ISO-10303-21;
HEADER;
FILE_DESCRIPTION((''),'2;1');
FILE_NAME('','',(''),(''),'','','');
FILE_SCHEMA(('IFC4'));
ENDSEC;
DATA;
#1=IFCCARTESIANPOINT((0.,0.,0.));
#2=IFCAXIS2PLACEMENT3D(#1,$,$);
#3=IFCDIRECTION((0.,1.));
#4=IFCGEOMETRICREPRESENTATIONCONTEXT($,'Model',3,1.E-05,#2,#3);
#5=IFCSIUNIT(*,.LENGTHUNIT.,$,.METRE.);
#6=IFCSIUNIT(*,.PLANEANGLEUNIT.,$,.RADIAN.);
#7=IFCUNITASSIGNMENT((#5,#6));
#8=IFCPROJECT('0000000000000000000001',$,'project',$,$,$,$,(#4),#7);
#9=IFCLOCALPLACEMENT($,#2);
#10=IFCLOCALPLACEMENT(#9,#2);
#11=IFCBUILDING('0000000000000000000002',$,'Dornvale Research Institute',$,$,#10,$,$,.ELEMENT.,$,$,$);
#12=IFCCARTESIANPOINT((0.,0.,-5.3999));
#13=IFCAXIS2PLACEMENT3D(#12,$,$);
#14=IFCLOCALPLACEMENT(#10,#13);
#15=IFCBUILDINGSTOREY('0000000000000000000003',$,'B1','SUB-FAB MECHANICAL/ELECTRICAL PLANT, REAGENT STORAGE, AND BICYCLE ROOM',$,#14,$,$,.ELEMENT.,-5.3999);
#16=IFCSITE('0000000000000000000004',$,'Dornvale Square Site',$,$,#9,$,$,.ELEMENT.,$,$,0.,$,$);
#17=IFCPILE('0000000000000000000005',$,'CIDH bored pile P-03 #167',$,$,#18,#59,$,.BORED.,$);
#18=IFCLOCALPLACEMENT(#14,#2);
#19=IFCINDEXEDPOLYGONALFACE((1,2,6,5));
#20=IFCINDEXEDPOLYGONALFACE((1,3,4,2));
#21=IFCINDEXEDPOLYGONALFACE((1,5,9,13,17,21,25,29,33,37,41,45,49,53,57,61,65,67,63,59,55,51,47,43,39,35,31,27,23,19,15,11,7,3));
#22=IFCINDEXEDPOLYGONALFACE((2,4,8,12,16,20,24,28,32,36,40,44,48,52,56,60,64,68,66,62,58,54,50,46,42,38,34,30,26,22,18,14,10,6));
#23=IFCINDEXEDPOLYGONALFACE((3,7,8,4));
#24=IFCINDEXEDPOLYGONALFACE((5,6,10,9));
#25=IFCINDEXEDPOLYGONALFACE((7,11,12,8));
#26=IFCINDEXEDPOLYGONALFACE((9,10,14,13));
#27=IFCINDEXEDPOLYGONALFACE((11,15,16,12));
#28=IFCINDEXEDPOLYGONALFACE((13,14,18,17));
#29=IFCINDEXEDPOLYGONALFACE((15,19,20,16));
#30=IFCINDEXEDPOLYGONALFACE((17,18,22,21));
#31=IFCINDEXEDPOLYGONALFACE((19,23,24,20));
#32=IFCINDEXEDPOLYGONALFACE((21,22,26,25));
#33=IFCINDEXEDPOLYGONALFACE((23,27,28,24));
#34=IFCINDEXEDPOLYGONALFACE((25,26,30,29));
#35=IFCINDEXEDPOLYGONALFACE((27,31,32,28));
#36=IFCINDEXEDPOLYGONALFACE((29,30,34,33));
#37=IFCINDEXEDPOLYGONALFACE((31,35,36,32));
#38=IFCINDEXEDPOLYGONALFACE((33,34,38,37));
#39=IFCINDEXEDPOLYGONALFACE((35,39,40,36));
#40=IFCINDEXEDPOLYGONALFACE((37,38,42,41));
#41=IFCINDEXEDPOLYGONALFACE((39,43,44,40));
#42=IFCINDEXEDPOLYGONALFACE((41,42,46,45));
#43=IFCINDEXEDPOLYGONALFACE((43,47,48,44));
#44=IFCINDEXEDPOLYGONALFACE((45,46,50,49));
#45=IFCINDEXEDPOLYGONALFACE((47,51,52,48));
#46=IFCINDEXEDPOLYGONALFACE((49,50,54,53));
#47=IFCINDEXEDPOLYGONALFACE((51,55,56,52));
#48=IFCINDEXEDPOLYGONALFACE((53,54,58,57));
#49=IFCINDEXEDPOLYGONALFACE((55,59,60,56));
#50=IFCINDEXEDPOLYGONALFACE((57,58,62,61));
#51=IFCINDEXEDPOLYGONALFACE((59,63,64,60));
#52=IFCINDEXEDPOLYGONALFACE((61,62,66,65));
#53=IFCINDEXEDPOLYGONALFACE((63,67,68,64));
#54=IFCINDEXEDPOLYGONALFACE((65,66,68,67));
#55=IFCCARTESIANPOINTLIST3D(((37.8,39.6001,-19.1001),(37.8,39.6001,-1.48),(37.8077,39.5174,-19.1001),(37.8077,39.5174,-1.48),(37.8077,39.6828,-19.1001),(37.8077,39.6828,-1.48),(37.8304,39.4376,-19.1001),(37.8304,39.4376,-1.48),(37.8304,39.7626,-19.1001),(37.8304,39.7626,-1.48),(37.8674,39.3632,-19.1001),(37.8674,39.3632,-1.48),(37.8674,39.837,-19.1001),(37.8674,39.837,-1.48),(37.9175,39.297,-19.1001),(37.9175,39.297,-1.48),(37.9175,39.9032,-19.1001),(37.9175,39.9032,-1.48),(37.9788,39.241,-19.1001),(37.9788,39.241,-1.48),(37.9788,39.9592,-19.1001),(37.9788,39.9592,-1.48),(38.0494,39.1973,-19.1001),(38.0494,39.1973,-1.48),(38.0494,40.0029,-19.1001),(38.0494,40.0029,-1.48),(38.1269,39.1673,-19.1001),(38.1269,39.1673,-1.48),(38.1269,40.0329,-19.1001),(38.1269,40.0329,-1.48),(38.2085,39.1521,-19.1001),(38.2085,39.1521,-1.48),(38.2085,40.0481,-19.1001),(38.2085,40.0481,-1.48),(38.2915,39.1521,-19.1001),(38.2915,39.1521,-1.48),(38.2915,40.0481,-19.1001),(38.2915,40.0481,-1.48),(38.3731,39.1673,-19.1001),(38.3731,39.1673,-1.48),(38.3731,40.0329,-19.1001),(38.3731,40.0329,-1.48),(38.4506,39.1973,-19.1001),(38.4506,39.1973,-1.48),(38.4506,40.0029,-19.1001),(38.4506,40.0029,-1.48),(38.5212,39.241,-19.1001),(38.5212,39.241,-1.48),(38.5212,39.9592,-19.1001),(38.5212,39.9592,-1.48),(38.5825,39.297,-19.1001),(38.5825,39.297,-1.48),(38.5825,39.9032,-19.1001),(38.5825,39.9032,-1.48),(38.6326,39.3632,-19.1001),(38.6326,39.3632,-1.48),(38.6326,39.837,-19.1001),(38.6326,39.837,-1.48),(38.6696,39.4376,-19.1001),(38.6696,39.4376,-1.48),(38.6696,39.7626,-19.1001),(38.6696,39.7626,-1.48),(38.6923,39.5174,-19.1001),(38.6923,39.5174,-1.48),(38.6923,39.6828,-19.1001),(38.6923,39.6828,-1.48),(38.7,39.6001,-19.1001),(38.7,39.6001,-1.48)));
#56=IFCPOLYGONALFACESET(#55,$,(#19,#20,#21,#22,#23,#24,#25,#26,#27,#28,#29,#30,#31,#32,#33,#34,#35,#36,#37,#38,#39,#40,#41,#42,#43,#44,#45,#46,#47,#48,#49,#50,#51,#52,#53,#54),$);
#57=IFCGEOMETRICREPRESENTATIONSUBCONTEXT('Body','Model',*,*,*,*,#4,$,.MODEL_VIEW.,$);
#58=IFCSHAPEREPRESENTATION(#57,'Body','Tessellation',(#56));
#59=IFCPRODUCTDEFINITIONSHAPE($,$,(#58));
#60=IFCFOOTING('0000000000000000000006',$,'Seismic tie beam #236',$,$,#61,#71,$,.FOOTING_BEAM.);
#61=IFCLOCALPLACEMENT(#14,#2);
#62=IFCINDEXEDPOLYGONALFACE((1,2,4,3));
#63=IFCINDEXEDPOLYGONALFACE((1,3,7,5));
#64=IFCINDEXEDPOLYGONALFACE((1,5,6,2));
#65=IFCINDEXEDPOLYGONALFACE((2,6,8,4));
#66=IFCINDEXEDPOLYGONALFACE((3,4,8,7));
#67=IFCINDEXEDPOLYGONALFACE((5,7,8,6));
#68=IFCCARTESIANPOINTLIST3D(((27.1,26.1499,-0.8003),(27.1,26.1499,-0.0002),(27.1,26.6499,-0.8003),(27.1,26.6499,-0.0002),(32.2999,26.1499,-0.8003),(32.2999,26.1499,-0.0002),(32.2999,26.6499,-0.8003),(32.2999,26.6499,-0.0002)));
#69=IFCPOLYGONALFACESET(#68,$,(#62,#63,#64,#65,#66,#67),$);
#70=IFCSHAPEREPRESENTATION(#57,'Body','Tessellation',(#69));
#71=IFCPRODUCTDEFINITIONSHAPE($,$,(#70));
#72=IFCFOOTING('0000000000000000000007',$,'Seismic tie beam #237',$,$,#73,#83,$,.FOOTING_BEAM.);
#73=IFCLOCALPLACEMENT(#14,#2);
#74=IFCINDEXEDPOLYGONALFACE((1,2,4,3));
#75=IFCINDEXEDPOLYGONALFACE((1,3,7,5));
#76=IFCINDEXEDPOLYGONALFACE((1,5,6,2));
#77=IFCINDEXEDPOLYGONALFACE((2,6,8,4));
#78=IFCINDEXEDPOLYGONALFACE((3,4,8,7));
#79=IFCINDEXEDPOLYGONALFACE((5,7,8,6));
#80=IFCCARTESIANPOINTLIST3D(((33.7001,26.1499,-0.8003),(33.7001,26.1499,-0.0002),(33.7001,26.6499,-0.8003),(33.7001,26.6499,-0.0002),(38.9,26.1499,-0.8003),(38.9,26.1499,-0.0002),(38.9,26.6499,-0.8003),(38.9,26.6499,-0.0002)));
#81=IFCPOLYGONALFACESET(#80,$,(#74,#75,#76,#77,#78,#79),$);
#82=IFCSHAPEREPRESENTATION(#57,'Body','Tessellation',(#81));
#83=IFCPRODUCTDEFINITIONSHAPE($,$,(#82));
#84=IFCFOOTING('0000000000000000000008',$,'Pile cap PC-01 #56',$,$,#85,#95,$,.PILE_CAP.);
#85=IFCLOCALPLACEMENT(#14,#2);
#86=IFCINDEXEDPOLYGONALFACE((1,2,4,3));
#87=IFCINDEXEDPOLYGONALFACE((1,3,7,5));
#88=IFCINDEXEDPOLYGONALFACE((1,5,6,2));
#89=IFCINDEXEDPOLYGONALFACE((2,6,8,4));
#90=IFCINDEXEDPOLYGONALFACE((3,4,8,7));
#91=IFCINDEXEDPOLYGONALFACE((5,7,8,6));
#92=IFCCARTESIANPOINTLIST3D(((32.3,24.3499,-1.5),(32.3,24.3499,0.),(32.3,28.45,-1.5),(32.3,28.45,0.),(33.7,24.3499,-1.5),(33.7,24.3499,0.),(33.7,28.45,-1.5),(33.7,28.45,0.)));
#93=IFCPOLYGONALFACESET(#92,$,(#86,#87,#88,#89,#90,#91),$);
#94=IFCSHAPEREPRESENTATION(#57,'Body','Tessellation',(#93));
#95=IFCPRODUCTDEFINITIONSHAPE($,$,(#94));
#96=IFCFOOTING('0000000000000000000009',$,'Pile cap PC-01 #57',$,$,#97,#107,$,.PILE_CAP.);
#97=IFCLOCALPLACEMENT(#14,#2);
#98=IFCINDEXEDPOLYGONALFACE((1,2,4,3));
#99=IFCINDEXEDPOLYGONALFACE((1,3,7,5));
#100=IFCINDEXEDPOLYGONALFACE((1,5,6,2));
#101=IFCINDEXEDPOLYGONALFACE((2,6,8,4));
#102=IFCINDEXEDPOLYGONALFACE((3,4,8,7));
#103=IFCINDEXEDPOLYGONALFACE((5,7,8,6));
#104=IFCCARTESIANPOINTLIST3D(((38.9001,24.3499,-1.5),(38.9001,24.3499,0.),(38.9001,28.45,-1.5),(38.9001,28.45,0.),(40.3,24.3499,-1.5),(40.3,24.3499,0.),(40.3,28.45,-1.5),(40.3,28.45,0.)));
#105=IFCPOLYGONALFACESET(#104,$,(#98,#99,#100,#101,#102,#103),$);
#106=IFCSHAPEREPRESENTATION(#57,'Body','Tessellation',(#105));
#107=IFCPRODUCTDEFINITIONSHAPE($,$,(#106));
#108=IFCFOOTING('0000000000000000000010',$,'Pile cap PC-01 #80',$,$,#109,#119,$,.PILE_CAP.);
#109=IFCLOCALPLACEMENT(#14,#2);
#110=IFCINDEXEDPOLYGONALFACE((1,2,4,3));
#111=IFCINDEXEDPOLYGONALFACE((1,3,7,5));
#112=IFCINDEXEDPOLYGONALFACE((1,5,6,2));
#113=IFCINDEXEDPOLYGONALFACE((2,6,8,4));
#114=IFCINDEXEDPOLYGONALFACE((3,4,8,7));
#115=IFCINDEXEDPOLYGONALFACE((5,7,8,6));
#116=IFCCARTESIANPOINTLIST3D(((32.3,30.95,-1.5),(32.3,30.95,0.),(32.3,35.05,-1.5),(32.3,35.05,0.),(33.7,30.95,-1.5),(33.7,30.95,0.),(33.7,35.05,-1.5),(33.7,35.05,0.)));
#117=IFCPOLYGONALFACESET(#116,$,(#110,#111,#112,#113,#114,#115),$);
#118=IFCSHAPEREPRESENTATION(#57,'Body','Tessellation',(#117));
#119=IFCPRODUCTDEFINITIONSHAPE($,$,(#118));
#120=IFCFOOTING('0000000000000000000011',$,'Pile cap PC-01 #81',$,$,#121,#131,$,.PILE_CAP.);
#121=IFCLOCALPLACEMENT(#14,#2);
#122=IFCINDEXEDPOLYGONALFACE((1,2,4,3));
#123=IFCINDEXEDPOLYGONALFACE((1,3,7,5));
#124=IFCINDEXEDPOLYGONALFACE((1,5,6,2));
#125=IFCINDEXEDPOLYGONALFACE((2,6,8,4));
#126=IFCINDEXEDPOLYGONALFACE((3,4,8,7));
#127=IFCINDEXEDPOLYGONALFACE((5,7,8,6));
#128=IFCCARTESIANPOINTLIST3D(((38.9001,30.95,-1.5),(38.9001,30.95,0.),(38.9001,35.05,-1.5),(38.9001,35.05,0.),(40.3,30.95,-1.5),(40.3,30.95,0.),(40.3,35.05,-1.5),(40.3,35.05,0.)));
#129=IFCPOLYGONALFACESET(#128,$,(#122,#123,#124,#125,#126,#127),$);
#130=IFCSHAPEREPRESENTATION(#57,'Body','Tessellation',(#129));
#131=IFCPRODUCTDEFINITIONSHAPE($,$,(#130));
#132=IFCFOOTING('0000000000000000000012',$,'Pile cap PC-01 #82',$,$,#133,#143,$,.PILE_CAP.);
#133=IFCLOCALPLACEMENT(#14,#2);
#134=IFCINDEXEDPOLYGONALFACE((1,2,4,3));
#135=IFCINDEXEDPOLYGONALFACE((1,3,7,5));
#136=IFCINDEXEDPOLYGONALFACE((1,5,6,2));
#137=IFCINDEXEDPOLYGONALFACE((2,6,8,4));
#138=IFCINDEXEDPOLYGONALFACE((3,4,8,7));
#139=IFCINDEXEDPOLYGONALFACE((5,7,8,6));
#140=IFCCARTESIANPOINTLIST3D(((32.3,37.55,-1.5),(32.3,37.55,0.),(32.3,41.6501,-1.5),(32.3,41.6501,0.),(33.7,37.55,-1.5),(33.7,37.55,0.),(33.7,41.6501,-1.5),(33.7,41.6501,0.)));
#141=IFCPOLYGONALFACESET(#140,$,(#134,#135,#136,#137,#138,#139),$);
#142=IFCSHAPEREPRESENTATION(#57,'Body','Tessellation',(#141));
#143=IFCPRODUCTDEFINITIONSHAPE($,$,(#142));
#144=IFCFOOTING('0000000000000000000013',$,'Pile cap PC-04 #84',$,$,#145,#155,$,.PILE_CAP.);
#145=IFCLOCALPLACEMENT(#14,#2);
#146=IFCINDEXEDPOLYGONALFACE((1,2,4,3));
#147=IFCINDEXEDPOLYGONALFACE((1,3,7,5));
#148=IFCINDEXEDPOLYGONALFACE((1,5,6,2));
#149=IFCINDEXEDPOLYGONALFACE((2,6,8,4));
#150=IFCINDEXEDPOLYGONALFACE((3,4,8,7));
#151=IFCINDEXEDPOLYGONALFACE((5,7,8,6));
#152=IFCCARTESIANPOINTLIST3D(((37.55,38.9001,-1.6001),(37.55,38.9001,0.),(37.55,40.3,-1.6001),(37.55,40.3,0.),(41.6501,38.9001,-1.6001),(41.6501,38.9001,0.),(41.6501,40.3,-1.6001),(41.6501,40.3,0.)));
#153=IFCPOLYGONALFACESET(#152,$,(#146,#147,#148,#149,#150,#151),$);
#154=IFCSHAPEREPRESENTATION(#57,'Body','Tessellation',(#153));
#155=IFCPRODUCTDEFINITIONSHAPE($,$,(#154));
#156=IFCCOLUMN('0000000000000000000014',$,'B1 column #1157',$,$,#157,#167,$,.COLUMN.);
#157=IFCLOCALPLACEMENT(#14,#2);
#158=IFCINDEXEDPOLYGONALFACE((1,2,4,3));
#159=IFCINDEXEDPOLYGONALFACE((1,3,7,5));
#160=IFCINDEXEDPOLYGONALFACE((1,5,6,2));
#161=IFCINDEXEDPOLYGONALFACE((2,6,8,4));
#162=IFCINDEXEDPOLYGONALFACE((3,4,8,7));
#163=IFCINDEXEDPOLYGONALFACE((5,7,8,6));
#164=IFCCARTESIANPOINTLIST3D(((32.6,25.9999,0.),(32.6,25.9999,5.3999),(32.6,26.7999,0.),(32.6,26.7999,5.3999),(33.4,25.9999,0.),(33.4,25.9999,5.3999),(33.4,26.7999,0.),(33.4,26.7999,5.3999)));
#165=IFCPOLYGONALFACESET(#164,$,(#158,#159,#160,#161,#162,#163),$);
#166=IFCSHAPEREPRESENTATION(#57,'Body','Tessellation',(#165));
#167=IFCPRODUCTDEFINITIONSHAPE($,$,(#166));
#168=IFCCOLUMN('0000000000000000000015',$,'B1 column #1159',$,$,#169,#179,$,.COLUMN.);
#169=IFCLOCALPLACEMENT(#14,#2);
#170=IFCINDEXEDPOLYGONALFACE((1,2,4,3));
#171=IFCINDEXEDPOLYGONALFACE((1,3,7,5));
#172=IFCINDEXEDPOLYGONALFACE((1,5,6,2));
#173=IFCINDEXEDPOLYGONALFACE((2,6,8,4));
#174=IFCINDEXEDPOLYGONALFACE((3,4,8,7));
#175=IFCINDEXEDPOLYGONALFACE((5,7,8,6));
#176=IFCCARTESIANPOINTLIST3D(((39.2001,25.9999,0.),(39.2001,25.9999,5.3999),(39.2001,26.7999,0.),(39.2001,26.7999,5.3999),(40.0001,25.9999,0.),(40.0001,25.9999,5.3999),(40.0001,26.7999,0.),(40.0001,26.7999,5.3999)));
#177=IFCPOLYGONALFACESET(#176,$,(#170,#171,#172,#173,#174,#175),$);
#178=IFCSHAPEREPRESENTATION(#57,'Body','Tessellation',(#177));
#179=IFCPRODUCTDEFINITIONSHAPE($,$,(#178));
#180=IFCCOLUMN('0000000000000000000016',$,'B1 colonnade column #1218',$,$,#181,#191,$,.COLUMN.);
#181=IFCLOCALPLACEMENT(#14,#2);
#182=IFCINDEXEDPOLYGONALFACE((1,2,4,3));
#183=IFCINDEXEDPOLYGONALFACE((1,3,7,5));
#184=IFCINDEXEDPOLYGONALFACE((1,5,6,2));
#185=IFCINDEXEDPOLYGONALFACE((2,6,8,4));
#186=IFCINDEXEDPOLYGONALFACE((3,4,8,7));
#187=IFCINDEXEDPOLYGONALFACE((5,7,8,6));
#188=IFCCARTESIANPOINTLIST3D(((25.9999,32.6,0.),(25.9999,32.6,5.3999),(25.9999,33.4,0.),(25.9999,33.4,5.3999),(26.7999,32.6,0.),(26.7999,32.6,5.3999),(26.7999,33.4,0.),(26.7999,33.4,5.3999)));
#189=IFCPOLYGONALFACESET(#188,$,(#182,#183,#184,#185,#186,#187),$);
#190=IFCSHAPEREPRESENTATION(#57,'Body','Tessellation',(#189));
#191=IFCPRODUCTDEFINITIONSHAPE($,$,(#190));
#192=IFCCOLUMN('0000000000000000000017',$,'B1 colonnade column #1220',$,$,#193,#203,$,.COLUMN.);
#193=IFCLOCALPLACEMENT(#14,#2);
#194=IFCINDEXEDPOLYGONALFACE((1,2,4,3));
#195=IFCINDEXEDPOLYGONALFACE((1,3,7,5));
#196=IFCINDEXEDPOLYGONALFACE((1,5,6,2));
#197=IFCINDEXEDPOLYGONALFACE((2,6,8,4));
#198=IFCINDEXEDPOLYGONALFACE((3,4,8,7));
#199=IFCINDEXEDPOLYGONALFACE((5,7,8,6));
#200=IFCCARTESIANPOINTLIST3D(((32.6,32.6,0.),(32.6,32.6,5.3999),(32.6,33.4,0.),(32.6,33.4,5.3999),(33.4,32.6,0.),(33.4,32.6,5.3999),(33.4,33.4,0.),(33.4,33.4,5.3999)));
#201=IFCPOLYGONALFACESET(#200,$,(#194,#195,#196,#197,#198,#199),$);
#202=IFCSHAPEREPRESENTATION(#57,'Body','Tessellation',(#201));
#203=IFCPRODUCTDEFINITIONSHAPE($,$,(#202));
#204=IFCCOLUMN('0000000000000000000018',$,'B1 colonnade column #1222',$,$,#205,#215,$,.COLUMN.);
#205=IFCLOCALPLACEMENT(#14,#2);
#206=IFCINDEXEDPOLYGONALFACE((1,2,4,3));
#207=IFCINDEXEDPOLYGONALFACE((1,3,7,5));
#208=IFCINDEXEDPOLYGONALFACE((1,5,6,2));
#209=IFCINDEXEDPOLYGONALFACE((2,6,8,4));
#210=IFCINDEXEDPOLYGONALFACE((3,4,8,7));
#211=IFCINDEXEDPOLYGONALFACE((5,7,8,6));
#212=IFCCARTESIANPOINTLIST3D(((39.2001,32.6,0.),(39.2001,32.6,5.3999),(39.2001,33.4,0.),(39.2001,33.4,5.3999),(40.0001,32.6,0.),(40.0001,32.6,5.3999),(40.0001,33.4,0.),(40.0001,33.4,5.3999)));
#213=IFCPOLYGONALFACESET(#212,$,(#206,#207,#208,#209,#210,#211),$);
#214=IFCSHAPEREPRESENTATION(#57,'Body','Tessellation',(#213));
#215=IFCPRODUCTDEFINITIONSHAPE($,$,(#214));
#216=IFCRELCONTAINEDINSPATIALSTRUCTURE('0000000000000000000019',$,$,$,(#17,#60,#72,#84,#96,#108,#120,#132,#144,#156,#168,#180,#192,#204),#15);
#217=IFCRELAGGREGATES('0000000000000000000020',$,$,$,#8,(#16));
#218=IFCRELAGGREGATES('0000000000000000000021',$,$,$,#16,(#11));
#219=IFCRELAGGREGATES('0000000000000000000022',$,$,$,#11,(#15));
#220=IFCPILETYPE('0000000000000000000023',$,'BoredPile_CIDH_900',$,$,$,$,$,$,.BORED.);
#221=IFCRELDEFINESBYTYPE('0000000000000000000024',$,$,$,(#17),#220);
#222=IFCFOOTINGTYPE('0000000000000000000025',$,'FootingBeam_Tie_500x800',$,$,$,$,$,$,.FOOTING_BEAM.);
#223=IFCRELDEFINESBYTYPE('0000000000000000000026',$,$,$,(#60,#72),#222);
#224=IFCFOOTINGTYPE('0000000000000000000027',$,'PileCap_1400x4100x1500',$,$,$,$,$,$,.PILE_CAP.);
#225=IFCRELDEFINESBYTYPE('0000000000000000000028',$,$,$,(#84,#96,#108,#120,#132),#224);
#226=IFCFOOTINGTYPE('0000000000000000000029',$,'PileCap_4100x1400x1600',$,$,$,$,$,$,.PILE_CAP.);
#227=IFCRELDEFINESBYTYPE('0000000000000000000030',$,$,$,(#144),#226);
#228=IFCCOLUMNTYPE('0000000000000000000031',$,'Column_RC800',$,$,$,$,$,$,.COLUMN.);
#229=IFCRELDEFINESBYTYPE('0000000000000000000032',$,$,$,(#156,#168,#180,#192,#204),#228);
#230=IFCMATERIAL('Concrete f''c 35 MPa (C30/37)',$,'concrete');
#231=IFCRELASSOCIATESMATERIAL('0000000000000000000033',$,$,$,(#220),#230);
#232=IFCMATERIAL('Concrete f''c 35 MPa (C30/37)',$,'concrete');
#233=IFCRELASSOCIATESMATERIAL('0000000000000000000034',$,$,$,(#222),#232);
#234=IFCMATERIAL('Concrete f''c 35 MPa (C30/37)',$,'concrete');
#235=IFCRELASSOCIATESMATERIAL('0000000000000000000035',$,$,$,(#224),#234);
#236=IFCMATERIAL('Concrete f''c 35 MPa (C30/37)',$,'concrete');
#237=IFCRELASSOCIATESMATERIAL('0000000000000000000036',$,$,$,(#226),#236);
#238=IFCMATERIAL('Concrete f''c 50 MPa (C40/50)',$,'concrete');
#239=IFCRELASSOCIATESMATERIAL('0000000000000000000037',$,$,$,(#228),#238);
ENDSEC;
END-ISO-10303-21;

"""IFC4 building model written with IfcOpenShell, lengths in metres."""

from ifc_helpers import new_model, si_unit, direction, frame, origin, origin_2d, place, context, subcontext, project, spatial, rectangle, circle, extrude, material, material_profile, profile_set, type_object, element, save


model = new_model("IFC4")

# Units and contexts
model_context = context("Model", 3, precision=1e-05, world=origin(), true_north=direction((0.0, 1.0)))
body_context = subcontext(model_context, "Body", "Model", "MODEL_VIEW")
ifc_project = project(units=[si_unit("LENGTHUNIT", "METRE"), si_unit("PLANEANGLEUNIT", "RADIAN")], contexts=[model_context])

# Site, building, storey
site_placement = place(None, origin())
site = spatial("IfcSite", under=ifc_project, at=site_placement, Name="Dornvale Square Site", CompositionType="ELEMENT", RefElevation=0.0)
building_placement = place(site_placement, origin())
building = spatial("IfcBuilding", under=site, at=building_placement, Name="Dornvale Research Institute", CompositionType="ELEMENT")
storey_placement = place(building_placement, frame((0.0, 0.0, -5.3999)))
storey = spatial("IfcBuildingStorey", under=building, at=storey_placement, Name="B1", Description="SUB-FAB MECHANICAL/ELECTRICAL PLANT, REAGENT STORAGE, AND BICYCLE ROOM", CompositionType="ELEMENT", Elevation=-5.3999)

# Pile
ifc_material_1 = material(Name="Concrete f'c 35 MPa (C30/37)", Category="concrete")
ifc_material_profile_1 = material_profile(ifc_material_1, circle(Radius=0.45, at=origin_2d()), Name="CIDH PILE D900")
ifc_profile_set_1 = profile_set([ifc_material_profile_1], Name="Concrete f'c 35 MPa (C30/37)")
pile_type = type_object("IfcPileType", Name="BoredPile_CIDH_900", PredefinedType="BORED", material=ifc_profile_set_1)
pile_placement = place(storey_placement, frame((38.25, 39.6001, -1.48), z_axis=(0.0, 0.0, -1.0), x_axis=(1.0, 0.0, 0.0)))
element("IfcPile", 1, at=pile_placement, inside=storey, type_object=pile_type, Name="CIDH bored pile P-03 #167", PredefinedType="BORED", context=body_context, shape_type="SweptSolid", body=[
    extrude(circle(Radius=0.45, at=origin_2d()), origin(), (0.0, 0.0, 1.0), 17.6201),
])

# Footings
ifc_material_2 = material(Name="Concrete f'c 35 MPa (C30/37)", Category="concrete")
footing_type_1 = type_object("IfcFootingType", Name="FootingBeam_Tie_500x800", PredefinedType="FOOTING_BEAM", material=ifc_material_2)
for number, where, z_axis, x_axis, name in (
    (2, (29.7, 26.3999, -0.8003), (0.0, 0.0, 1.0), (1.0, 0.0, 0.0), "Seismic tie beam #236"),
    (3, (36.3, 26.3999, -0.8003), (0.0, 0.0, 1.0), (1.0, 0.0, 0.0), "Seismic tie beam #237"),
):
    element("IfcFooting", number, at=place(storey_placement, frame(where, z_axis=z_axis, x_axis=x_axis)), inside=storey, type_object=footing_type_1, Name=name, PredefinedType="FOOTING_BEAM", context=body_context, shape_type="SweptSolid", body=[
        extrude(rectangle(XDim=5.2, YDim=0.5, at=origin_2d()), origin(), (0.0, 0.0, 1.0), 0.8),
    ])
ifc_material_3 = material(Name="Concrete f'c 35 MPa (C30/37)", Category="concrete")
footing_type_2 = type_object("IfcFootingType", Name="PileCap_1400x4100x1500", PredefinedType="PILE_CAP", material=ifc_material_3)
for number, where, z_axis, x_axis, name in (
    (4, (33.0, 26.3999, -1.5), (0.0, 0.0, 1.0), (1.0, 0.0, 0.0), "Pile cap PC-01 #56"),
    (5, (39.6001, 26.3999, -1.5), (0.0, 0.0, 1.0), (1.0, 0.0, 0.0), "Pile cap PC-01 #57"),
    (6, (33.0, 33.0, -1.5), (0.0, 0.0, 1.0), (1.0, 0.0, 0.0), "Pile cap PC-01 #80"),
    (7, (39.6001, 33.0, -1.5), (0.0, 0.0, 1.0), (1.0, 0.0, 0.0), "Pile cap PC-01 #81"),
    (8, (33.0, 39.6001, -1.5), (0.0, 0.0, 1.0), (1.0, 0.0, 0.0), "Pile cap PC-01 #82"),
):
    element("IfcFooting", number, at=place(storey_placement, frame(where, z_axis=z_axis, x_axis=x_axis)), inside=storey, type_object=footing_type_2, Name=name, PredefinedType="PILE_CAP", context=body_context, shape_type="SweptSolid", body=[
        extrude(rectangle(XDim=1.3999, YDim=4.1001, at=origin_2d()), origin(), (0.0, 0.0, 1.0), 1.5),
    ])
ifc_material_4 = material(Name="Concrete f'c 35 MPa (C30/37)", Category="concrete")
footing_type_3 = type_object("IfcFootingType", Name="PileCap_4100x1400x1600", PredefinedType="PILE_CAP", material=ifc_material_4)
footing_placement = place(storey_placement, frame((39.6001, 39.6001, -1.6001), z_axis=(0.0, 0.0, 1.0), x_axis=(1.0, 0.0, 0.0)))
element("IfcFooting", 9, at=footing_placement, inside=storey, type_object=footing_type_3, Name="Pile cap PC-04 #84", PredefinedType="PILE_CAP", context=body_context, shape_type="SweptSolid", body=[
    extrude(rectangle(XDim=4.1001, YDim=1.3999, at=origin_2d()), origin(), (0.0, 0.0, 1.0), 1.6001),
])

# Columns
ifc_material_5 = material(Name="Concrete f'c 50 MPa (C40/50)", Category="concrete")
ifc_material_profile_2 = material_profile(ifc_material_5, rectangle(XDim=0.8, YDim=0.8, at=origin_2d()), Name="RC 800x800")
ifc_profile_set_2 = profile_set([ifc_material_profile_2], Name="Concrete f'c 50 MPa (C40/50)")
column_type = type_object("IfcColumnType", Name="Column_RC800", PredefinedType="COLUMN", material=ifc_profile_set_2)
for number, where, z_axis, x_axis, name in (
    (10, (33.0, 26.3999, 0.0), (0.0, 0.0, 1.0), (1.0, 0.0, 0.0), "B1 column #1157"),
    (11, (39.6001, 26.3999, 0.0), (0.0, 0.0, 1.0), (1.0, 0.0, 0.0), "B1 column #1159"),
    (12, (26.3999, 33.0, 0.0), (0.0, 0.0, 1.0), (1.0, 0.0, 0.0), "B1 colonnade column #1218"),
    (13, (33.0, 33.0, 0.0), (0.0, 0.0, 1.0), (1.0, 0.0, 0.0), "B1 colonnade column #1220"),
    (14, (39.6001, 33.0, 0.0), (0.0, 0.0, 1.0), (1.0, 0.0, 0.0), "B1 colonnade column #1222"),
):
    element("IfcColumn", number, at=place(storey_placement, frame(where, z_axis=z_axis, x_axis=x_axis)), inside=storey, type_object=column_type, Name=name, PredefinedType="COLUMN", context=body_context, shape_type="SweptSolid", body=[
        extrude(rectangle(XDim=0.8, YDim=0.8, at=origin_2d()), origin(), (0.0, 0.0, 1.0), 5.3999),
    ])

save(model, "model.ifc")
